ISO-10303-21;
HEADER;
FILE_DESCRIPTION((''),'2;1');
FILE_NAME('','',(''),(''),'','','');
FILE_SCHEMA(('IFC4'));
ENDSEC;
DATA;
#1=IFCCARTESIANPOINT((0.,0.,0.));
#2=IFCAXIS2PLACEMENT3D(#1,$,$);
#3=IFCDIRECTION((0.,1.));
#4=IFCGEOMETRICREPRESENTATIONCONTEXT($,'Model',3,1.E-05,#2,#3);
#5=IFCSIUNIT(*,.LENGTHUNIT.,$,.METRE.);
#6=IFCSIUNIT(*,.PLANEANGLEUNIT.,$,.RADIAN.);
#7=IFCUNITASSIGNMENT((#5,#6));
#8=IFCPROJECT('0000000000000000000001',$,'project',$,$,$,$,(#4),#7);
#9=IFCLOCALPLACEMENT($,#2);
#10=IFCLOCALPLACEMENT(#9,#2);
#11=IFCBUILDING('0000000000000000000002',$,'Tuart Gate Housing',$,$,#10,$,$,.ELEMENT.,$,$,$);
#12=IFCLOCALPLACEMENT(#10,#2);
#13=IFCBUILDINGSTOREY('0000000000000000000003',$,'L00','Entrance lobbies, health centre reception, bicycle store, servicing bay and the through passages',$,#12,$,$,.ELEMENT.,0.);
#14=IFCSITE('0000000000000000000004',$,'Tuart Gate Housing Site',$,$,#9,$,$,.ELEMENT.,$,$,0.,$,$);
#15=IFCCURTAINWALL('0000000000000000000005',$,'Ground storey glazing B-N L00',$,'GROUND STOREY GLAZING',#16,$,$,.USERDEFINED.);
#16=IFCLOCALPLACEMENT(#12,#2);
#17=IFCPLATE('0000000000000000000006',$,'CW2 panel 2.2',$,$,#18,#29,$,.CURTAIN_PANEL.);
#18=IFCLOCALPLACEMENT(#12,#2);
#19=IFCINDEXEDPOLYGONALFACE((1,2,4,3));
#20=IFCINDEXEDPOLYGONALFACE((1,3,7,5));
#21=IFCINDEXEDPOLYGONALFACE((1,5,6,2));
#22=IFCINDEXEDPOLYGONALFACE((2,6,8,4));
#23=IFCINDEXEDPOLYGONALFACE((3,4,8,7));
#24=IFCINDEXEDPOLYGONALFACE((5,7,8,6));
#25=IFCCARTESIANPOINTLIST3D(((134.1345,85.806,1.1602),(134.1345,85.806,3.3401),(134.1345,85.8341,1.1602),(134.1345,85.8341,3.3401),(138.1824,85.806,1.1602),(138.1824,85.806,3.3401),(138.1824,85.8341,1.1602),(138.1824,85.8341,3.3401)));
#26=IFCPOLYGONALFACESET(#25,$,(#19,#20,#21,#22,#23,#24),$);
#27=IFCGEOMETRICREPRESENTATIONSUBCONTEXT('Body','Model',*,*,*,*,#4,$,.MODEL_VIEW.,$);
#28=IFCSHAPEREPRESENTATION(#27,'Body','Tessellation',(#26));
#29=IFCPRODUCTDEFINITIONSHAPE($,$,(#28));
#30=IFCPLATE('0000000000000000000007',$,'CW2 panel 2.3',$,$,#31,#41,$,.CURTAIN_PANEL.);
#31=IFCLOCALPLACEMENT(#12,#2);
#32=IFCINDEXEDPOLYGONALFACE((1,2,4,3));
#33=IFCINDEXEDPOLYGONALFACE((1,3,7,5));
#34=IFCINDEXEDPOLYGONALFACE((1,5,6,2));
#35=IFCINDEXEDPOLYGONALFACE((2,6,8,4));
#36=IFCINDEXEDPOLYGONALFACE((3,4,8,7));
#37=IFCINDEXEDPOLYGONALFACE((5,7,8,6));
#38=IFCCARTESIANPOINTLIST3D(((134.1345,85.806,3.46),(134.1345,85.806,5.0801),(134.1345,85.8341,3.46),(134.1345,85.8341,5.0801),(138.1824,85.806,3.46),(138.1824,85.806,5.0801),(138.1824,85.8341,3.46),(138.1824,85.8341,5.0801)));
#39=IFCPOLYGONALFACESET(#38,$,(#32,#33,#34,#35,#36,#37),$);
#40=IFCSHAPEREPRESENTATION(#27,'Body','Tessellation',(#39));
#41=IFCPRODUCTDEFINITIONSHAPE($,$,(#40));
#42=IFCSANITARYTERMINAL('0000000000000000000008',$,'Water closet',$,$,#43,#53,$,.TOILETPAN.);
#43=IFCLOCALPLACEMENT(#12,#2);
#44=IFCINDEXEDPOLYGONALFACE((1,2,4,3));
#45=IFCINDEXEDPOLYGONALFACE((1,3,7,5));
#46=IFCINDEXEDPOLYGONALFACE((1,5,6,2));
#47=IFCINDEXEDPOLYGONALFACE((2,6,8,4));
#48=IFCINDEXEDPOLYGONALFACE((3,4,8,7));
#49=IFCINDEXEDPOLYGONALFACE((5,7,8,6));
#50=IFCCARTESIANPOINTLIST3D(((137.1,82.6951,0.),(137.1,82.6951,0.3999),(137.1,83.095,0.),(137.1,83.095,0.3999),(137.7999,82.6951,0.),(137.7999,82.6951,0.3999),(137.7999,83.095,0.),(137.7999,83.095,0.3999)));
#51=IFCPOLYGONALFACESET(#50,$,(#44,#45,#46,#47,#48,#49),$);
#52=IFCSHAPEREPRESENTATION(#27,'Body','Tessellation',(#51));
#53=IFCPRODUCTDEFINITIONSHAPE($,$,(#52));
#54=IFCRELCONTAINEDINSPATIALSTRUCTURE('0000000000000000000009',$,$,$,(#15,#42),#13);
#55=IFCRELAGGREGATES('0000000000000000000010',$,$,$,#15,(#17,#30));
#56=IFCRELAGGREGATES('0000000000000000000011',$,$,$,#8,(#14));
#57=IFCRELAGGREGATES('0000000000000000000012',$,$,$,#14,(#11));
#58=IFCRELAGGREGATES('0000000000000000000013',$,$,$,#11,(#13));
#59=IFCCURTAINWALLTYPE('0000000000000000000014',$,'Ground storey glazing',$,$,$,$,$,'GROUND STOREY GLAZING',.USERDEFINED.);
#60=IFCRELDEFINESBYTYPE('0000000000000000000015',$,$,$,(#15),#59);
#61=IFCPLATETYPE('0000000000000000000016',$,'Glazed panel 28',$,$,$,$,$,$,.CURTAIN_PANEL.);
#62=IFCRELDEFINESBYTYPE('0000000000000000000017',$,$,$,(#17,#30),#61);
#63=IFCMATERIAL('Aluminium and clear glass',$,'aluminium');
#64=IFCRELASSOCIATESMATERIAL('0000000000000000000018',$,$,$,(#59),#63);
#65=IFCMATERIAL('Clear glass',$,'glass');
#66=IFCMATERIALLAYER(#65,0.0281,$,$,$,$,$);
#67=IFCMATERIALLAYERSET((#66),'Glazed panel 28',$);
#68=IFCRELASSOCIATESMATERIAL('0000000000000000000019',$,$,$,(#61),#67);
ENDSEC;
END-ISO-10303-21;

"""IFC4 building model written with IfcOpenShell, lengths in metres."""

from ifc_helpers import new_model, si_unit, direction, frame, origin, origin_2d, place, context, subcontext, project, spatial, rectangle, extrude, material, layer, layer_set, type_object, element, aggregate, save


model = new_model("IFC4")

# Units and contexts
model_context = context("Model", 3, precision=1e-05, world=origin(), true_north=direction((0.0, 1.0)))
body_context = subcontext(model_context, "Body", "Model", "MODEL_VIEW")
ifc_project = project(units=[si_unit("LENGTHUNIT", "METRE"), si_unit("PLANEANGLEUNIT", "RADIAN")], contexts=[model_context])

# Site, building, storey
site_placement = place(None, origin())
site = spatial("IfcSite", under=ifc_project, at=site_placement, Name="Tuart Gate Housing Site", CompositionType="ELEMENT", RefElevation=0.0)
building_placement = place(site_placement, origin())
building = spatial("IfcBuilding", under=site, at=building_placement, Name="Tuart Gate Housing", CompositionType="ELEMENT")
storey_placement = place(building_placement, origin())
storey = spatial("IfcBuildingStorey", under=building, at=storey_placement, Name="L00", Description="Entrance lobbies, health centre reception, bicycle store, servicing bay and the through passages", CompositionType="ELEMENT", Elevation=0.0)

# Curtain wall, plates
ifc_material_1 = material(Name="Aluminium and clear glass", Category="aluminium")
curtain_wall_type = type_object("IfcCurtainWallType", Name="Ground storey glazing", ElementType="GROUND STOREY GLAZING", PredefinedType="USERDEFINED", material=ifc_material_1)
curtain_wall_placement = place(storey_placement, origin())
curtain_wall = element("IfcCurtainWall", 1, at=curtain_wall_placement, inside=storey, type_object=curtain_wall_type, Name="Ground storey glazing B-N L00", ObjectType="GROUND STOREY GLAZING", PredefinedType="USERDEFINED")
ifc_material_2 = material(Name="Clear glass", Category="glass")
ifc_layer = layer(ifc_material_2, 0.0281)
ifc_layer_set = layer_set([ifc_layer], Name="Glazed panel 28")
plate_type = type_object("IfcPlateType", Name="Glazed panel 28", PredefinedType="CURTAIN_PANEL", material=ifc_layer_set)
plate_1_placement = place(storey_placement, frame((136.1584, 85.8201, 1.1602), z_axis=(0.0, 0.0, 1.0), x_axis=(-1.0, 0.0, 0.0)))
plate_1 = element("IfcPlate", 2, at=plate_1_placement, type_object=plate_type, Name="CW2 panel 2.2", PredefinedType="CURTAIN_PANEL", context=body_context, shape_type="SweptSolid", body=[
    extrude(rectangle(XDim=4.0479, YDim=0.0281, at=origin_2d()), origin(), (0.0, 0.0, 1.0), 2.1799),
])
plate_2_placement = place(storey_placement, frame((136.1584, 85.8201, 3.46), z_axis=(0.0, 0.0, 1.0), x_axis=(-1.0, 0.0, 0.0)))
plate_2 = element("IfcPlate", 3, at=plate_2_placement, type_object=plate_type, Name="CW2 panel 2.3", PredefinedType="CURTAIN_PANEL", context=body_context, shape_type="SweptSolid", body=[
    extrude(rectangle(XDim=4.0479, YDim=0.0281, at=origin_2d()), origin(), (0.0, 0.0, 1.0), 1.6201),
])
aggregate(curtain_wall, [plate_1, plate_2])

# Sanitary terminal
sanitary_terminal_placement = place(storey_placement, frame((137.45, 82.895, 0.0), z_axis=(0.0, 0.0, 1.0), x_axis=(1.0, 0.0, 0.0)))
element("IfcSanitaryTerminal", 4, at=sanitary_terminal_placement, inside=storey, Name="Water closet", PredefinedType="TOILETPAN", context=body_context, shape_type="SweptSolid", body=[
    extrude(rectangle(XDim=0.7, YDim=0.3999, at=origin_2d()), origin(), (0.0, 0.0, 1.0), 0.3999),
])

save(model, "model.ifc")
